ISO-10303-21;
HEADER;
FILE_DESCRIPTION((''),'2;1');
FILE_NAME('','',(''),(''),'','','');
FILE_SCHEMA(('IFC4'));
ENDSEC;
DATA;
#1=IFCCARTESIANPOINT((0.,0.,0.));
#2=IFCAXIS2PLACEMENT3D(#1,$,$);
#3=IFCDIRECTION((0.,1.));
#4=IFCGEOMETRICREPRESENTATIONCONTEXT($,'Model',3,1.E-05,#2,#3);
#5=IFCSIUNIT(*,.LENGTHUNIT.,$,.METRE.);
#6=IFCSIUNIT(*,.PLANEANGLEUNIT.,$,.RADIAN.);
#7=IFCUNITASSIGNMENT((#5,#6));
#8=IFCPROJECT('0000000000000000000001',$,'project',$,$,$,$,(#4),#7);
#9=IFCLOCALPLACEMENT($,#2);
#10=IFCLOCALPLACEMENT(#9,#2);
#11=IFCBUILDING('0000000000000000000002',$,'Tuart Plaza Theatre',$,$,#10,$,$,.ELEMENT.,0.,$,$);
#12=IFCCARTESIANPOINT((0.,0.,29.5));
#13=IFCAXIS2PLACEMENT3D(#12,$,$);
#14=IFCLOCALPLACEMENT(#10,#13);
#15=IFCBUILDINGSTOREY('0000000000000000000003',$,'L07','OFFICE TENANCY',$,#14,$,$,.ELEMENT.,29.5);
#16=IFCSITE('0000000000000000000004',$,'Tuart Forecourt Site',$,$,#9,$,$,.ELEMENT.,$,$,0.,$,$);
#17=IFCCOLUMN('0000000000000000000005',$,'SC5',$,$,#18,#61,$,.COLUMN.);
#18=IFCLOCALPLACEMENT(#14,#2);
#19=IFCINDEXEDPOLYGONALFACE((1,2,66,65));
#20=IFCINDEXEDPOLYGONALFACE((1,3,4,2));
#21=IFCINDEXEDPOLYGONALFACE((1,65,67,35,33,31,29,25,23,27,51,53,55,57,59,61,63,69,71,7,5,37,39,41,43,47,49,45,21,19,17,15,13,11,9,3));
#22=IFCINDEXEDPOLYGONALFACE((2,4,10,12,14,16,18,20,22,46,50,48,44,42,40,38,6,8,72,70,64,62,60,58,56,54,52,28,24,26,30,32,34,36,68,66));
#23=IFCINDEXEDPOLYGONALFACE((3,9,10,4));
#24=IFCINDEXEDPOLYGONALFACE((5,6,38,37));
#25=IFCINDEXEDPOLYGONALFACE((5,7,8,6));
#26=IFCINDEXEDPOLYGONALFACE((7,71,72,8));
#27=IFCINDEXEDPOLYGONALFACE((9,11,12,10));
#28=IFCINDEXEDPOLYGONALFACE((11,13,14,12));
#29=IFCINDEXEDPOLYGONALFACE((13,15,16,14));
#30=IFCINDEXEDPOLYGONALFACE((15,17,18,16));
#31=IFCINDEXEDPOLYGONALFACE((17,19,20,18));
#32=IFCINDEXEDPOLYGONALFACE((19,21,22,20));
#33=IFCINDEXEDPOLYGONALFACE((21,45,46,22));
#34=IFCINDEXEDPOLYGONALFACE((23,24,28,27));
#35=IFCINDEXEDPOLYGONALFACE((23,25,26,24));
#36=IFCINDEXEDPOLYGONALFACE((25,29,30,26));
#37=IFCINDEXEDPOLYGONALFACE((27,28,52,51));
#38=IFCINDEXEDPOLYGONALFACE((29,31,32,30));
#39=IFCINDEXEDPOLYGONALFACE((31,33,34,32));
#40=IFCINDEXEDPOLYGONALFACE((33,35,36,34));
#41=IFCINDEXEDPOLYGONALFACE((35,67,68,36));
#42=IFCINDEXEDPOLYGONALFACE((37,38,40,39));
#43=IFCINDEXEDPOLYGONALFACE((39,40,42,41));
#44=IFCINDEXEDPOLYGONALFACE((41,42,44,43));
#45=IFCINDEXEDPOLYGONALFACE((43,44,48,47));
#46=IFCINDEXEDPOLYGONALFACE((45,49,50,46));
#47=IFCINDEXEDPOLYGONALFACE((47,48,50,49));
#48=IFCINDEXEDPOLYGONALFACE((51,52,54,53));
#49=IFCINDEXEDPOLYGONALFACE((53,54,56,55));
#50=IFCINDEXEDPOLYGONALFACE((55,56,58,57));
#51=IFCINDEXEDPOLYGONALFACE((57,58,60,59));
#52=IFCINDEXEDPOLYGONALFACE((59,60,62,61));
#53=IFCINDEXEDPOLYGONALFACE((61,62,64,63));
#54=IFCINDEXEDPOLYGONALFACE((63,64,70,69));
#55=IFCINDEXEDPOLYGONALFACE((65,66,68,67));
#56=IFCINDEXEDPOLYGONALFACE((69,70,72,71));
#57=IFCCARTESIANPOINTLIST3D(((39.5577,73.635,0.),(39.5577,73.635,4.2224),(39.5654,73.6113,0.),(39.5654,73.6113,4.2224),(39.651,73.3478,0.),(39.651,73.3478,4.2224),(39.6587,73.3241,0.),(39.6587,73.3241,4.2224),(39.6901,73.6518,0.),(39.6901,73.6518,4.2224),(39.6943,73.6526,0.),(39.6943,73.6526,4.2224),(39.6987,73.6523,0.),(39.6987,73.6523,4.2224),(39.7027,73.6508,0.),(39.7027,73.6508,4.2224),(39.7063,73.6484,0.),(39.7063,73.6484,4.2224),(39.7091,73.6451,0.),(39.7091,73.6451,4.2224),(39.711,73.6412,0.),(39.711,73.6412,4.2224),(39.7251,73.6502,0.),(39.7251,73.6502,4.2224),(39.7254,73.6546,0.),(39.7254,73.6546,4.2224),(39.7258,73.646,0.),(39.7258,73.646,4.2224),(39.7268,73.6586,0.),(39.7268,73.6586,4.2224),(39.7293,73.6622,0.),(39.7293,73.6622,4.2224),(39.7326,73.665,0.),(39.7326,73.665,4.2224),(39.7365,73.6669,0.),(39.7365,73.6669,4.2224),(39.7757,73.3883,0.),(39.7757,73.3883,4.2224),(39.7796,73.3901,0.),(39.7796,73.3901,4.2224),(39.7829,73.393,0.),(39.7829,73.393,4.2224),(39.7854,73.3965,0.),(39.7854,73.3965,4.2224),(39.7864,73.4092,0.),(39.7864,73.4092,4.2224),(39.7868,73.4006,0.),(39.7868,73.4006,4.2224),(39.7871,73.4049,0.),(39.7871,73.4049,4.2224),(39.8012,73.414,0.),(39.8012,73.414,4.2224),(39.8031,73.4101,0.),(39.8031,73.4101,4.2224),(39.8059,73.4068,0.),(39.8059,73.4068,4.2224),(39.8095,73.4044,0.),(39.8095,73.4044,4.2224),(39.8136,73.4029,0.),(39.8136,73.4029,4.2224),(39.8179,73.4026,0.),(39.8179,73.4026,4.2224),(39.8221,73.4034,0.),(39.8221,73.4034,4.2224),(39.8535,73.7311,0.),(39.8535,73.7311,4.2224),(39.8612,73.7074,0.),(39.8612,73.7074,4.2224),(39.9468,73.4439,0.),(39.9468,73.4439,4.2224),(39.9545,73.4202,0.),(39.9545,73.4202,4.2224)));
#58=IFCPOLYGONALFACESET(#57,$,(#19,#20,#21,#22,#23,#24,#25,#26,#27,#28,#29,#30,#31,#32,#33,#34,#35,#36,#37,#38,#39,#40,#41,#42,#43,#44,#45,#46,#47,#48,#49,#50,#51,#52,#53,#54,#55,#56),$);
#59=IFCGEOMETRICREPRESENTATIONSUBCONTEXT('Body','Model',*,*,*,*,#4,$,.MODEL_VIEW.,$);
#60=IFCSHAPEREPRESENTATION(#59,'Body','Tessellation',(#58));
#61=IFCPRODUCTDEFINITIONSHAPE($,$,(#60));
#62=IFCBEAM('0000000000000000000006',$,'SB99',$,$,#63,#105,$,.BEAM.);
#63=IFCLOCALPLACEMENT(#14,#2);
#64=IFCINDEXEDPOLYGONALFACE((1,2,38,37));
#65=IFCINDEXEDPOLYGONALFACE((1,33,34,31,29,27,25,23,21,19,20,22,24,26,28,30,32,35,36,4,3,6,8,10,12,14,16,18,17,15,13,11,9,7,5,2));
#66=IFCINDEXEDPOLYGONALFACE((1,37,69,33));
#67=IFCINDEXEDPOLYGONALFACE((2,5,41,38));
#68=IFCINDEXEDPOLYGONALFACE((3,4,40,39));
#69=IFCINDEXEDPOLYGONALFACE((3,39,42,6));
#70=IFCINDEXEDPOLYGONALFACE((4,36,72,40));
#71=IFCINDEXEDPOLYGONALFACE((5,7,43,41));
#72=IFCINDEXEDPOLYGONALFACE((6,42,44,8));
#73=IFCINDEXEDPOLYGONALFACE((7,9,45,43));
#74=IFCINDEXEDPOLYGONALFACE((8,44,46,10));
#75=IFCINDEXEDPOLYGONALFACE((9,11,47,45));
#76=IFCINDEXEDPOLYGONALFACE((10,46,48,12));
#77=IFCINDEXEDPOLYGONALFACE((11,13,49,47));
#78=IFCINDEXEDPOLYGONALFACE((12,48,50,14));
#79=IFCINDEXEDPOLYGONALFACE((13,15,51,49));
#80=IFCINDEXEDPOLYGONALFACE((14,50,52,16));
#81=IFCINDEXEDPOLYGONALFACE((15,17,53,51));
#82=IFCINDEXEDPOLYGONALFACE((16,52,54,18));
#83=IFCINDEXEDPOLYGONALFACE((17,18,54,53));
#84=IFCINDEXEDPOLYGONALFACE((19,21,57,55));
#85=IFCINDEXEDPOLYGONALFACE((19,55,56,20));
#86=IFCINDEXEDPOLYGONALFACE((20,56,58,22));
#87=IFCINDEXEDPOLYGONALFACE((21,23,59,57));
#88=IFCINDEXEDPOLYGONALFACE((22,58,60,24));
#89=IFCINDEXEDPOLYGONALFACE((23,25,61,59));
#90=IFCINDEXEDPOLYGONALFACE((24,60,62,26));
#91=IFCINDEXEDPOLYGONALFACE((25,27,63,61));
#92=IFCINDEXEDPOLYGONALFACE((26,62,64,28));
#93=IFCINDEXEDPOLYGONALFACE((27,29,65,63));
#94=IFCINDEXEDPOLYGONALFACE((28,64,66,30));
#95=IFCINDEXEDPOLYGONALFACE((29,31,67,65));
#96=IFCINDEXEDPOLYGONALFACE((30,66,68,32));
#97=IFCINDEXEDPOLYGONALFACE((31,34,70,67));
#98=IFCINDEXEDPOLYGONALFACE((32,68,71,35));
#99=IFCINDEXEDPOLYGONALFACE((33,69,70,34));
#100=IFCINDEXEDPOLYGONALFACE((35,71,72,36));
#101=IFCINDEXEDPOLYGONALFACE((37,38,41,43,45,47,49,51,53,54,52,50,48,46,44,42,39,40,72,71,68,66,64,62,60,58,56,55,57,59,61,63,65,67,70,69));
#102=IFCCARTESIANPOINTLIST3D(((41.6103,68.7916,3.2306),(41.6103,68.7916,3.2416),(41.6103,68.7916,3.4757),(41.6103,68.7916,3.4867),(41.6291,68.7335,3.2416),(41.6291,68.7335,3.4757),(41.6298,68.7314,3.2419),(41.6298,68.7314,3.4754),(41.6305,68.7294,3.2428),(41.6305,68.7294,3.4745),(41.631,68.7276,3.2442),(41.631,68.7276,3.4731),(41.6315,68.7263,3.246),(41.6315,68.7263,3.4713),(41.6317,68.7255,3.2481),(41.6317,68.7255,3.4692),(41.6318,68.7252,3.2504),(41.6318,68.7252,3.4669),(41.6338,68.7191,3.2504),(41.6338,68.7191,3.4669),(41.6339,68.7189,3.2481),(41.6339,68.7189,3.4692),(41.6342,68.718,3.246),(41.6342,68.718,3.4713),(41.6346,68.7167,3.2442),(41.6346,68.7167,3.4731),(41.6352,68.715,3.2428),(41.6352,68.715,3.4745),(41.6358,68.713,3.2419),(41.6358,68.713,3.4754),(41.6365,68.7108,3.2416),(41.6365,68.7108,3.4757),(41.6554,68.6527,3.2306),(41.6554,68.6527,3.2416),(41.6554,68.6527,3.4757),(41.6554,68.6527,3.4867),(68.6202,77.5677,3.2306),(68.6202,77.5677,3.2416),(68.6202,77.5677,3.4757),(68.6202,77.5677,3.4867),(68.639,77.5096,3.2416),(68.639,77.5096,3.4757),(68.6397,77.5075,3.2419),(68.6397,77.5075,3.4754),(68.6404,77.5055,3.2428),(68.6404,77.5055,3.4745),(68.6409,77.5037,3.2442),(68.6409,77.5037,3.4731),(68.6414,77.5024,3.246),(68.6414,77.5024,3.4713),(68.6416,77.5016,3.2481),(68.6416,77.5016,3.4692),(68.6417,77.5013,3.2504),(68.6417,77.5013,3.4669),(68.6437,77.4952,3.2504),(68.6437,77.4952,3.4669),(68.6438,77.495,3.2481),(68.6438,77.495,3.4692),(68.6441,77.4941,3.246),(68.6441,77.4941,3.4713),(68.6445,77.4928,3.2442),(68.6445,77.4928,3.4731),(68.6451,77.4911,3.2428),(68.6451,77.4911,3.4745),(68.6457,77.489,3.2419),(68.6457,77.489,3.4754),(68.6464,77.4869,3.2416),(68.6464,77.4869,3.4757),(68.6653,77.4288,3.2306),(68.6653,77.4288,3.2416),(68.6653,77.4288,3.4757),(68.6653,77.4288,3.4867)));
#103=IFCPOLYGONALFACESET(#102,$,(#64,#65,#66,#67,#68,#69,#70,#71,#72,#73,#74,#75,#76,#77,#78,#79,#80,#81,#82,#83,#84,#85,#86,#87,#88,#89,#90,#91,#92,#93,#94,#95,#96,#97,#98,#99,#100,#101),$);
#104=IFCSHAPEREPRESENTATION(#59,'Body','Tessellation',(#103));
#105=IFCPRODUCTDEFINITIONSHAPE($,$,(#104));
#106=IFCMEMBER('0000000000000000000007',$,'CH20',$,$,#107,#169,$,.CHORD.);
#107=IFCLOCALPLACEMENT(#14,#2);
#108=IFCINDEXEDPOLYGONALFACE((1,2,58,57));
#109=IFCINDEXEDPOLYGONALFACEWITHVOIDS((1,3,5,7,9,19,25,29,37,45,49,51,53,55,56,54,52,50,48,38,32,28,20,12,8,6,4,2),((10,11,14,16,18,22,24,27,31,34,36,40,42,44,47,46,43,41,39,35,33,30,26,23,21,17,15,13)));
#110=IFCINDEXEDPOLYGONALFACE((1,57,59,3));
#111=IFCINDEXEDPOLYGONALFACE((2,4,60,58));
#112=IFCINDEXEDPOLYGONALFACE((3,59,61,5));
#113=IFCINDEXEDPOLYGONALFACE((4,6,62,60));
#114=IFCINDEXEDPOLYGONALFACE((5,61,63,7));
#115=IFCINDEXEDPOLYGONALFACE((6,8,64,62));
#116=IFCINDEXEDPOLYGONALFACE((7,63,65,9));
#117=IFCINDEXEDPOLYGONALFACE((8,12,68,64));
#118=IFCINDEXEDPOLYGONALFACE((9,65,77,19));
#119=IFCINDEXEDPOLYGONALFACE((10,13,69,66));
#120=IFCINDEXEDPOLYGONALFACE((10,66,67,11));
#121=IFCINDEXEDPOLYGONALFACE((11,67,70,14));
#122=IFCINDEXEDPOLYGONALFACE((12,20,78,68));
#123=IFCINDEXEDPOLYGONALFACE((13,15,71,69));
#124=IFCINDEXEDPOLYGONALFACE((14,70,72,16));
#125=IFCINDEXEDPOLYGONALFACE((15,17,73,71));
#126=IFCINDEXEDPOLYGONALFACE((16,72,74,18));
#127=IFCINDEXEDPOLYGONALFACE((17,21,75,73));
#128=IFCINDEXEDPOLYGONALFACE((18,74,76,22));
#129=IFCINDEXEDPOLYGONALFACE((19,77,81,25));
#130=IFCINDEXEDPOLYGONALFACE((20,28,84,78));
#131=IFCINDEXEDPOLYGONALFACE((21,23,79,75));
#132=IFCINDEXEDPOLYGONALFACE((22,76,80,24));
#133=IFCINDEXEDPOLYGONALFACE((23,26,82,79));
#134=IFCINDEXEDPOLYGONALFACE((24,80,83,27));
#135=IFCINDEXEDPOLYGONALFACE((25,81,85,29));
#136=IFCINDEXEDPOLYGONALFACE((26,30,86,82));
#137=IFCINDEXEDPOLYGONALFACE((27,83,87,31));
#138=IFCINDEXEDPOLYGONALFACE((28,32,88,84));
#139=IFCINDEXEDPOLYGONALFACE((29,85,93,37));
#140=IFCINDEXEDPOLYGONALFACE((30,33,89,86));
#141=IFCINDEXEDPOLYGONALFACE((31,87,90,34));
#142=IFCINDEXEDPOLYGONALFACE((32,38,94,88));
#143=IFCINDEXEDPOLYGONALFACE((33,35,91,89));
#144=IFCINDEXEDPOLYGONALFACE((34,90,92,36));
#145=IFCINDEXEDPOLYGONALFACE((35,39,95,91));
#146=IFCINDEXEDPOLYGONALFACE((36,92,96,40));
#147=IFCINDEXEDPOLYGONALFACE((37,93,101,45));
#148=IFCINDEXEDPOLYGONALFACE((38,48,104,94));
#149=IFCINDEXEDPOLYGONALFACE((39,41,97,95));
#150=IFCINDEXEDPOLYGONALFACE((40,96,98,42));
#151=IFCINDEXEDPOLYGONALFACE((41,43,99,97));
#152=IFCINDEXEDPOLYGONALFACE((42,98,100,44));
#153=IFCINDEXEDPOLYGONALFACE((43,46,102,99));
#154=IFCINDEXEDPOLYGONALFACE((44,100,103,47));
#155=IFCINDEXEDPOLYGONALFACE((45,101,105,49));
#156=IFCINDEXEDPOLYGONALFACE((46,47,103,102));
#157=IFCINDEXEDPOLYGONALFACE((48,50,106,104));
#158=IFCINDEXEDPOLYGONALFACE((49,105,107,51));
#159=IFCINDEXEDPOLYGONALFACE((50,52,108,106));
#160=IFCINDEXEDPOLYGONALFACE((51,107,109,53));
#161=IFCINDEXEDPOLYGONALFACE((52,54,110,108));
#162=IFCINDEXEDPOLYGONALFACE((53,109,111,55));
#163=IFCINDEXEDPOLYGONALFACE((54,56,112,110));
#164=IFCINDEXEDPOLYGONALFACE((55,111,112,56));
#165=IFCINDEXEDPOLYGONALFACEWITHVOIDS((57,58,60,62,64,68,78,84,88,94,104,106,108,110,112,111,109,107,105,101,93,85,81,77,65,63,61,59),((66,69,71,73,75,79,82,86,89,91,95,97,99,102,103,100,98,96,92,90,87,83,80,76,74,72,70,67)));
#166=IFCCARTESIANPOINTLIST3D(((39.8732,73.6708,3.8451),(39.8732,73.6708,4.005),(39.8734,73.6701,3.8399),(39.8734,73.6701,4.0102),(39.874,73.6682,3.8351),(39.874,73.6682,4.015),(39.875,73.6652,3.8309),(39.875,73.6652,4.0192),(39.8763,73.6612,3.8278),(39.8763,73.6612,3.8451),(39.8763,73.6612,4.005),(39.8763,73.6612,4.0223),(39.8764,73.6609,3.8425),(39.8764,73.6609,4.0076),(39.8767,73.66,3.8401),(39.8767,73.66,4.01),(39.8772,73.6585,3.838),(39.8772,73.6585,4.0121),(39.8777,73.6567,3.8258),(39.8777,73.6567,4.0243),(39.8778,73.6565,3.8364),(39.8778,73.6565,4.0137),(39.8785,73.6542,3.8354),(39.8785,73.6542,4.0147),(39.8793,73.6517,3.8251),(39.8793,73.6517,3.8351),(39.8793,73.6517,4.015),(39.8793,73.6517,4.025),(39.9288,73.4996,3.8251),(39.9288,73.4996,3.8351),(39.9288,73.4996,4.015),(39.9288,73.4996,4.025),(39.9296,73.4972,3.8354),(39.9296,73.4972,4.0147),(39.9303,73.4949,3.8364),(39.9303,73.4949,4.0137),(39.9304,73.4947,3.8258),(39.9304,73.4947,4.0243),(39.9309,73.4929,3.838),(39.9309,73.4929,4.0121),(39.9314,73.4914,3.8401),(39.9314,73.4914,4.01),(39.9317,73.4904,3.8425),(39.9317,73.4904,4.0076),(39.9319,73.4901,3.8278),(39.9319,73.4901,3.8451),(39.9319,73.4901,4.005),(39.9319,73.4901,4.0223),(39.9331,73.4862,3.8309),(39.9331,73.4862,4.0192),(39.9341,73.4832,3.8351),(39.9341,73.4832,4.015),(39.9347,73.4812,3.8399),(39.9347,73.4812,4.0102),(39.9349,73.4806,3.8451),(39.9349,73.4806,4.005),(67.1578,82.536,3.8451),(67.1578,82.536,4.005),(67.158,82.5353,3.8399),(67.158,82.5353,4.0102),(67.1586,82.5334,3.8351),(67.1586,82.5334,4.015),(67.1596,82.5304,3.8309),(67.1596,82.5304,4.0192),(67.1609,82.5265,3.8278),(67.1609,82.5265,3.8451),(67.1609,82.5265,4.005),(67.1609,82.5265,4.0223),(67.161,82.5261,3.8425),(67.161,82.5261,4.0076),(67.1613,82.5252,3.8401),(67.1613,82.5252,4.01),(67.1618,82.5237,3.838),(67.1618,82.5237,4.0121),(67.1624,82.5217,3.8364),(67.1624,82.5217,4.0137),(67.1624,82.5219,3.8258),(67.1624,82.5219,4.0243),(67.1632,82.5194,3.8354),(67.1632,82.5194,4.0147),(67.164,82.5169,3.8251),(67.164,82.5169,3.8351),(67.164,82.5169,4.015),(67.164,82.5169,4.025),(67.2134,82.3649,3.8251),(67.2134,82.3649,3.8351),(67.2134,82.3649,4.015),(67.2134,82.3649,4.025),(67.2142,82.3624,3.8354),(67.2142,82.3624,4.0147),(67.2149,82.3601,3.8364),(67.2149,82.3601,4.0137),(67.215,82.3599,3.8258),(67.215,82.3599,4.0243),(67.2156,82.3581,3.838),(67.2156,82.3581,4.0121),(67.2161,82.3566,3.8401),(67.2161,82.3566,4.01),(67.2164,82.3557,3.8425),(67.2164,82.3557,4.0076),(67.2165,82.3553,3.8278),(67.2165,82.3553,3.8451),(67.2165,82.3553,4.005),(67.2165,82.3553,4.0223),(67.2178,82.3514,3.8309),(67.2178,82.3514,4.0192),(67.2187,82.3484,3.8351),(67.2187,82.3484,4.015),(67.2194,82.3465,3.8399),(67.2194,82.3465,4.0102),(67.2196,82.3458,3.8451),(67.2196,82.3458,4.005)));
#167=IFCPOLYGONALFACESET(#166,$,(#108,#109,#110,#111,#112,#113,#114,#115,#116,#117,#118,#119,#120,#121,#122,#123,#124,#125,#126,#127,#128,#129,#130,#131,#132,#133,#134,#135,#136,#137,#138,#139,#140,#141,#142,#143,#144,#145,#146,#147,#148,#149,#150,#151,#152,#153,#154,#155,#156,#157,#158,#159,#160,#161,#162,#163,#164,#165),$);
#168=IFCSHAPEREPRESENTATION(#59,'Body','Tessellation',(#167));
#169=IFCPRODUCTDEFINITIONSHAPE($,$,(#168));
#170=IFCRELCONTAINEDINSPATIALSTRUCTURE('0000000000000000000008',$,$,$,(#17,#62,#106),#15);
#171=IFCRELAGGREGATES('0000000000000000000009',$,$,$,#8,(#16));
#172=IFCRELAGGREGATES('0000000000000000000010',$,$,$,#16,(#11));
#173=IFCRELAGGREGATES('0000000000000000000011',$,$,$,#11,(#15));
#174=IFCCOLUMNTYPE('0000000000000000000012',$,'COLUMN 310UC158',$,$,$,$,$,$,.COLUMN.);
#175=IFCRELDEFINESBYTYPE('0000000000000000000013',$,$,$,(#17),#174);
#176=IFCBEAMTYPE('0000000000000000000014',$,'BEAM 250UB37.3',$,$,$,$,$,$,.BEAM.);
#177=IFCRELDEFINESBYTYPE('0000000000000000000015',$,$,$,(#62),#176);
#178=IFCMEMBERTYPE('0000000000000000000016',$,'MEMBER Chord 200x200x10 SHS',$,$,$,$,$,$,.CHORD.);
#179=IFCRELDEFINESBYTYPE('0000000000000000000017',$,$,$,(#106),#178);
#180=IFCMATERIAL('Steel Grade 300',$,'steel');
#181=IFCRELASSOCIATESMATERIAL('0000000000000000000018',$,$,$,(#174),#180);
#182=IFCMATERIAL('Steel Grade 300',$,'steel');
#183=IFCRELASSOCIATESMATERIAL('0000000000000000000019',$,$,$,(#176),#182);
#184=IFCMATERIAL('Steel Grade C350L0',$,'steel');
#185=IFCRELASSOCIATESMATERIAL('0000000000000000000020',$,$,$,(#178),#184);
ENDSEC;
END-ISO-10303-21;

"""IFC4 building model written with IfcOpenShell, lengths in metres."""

from ifc_helpers import new_model, si_unit, direction, frame, origin, origin_2d, place, context, subcontext, project, spatial, hollow_rectangle, i_section, extrude, material, material_profile, profile_set, type_object, element, save


model = new_model("IFC4")

# Units and contexts
model_context = context("Model", 3, precision=1e-05, world=origin(), true_north=direction((0.0, 1.0)))
body_context = subcontext(model_context, "Body", "Model", "MODEL_VIEW")
ifc_project = project(units=[si_unit("LENGTHUNIT", "METRE"), si_unit("PLANEANGLEUNIT", "RADIAN")], contexts=[model_context])

# Site, building, storey
site_placement = place(None, origin())
site = spatial("IfcSite", under=ifc_project, at=site_placement, Name="Tuart Forecourt Site", CompositionType="ELEMENT", RefElevation=0.0)
building_placement = place(site_placement, origin())
building = spatial("IfcBuilding", under=site, at=building_placement, Name="Tuart Plaza Theatre", CompositionType="ELEMENT", ElevationOfRefHeight=0.0)
storey_placement = place(building_placement, frame((0.0, 0.0, 29.5)))
storey = spatial("IfcBuildingStorey", under=building, at=storey_placement, Name="L07", Description="OFFICE TENANCY", CompositionType="ELEMENT", Elevation=29.5)

# Column
ifc_material_1 = material(Name="Steel Grade 300", Category="steel")
ifc_material_profile_1 = material_profile(ifc_material_1, i_section(OverallWidth=0.311, OverallDepth=0.3269, WebThickness=0.0156, FlangeThickness=0.0249, FilletRadius=0.0166, at=origin_2d()), Name="310UC158")
ifc_profile_set_1 = profile_set([ifc_material_profile_1], Name="Steel Grade 300")
column_type_1 = type_object("IfcColumnType", Name="COLUMN 310UC158", PredefinedType="COLUMN", material=ifc_profile_set_1)
column_placement = place(storey_placement, frame((39.7561, 73.5276, 0.0), z_axis=(0.0, 0.0, 1.0), x_axis=(0.951057, 0.309017, 0.0)))
element("IfcColumn", 1, at=column_placement, inside=storey, type_object=column_type_1, Name="SC5", PredefinedType="COLUMN", context=body_context, shape_type="SweptSolid", body=[
    extrude(i_section(OverallWidth=0.311, OverallDepth=0.3269, WebThickness=0.0156, FlangeThickness=0.0249, FilletRadius=0.0166, at=origin_2d()), origin(), (0.0, 0.0, 1.0), 4.2224),
])

# Beam
ifc_material_2 = material(Name="Steel Grade 300", Category="steel")
ifc_material_profile_2 = material_profile(ifc_material_2, i_section(OverallWidth=0.146, OverallDepth=0.2561, WebThickness=0.0063, FlangeThickness=0.011, FilletRadius=0.0088, at=origin_2d()), Name="250UB37.3")
ifc_profile_set_2 = profile_set([ifc_material_profile_2], Name="Steel Grade 300")
beam_type = type_object("IfcBeamType", Name="BEAM 250UB37.3", PredefinedType="BEAM", material=ifc_profile_set_2)
beam_placement = place(storey_placement, frame((41.6328, 68.7222, 3.3586), z_axis=(0.951056, 0.309018, 0.0), x_axis=(-0.309018, 0.951056, 0.0)))
element("IfcBeam", 2, at=beam_placement, inside=storey, type_object=beam_type, Name="SB99", PredefinedType="BEAM", context=body_context, shape_type="SweptSolid", body=[
    extrude(i_section(OverallWidth=0.146, OverallDepth=0.2561, WebThickness=0.0063, FlangeThickness=0.011, FilletRadius=0.0088, at=origin_2d()), origin(), (0.0, 0.0, 1.0), 28.3999),
])

# Member
ifc_material_3 = material(Name="Steel Grade C350L0", Category="steel")
ifc_material_profile_3 = material_profile(ifc_material_3, hollow_rectangle(XDim=0.2, YDim=0.2, WallThickness=0.01, InnerFilletRadius=0.01, OuterFilletRadius=0.02, at=origin_2d()), Name="200x200x10 SHS")
ifc_profile_set_3 = profile_set([ifc_material_profile_3], Name="Steel Grade C350L0")
member_type_1 = type_object("IfcMemberType", Name="MEMBER Chord 200x200x10 SHS", PredefinedType="CHORD", material=ifc_profile_set_3)
member_1_placement = place(storey_placement, frame((39.9041, 73.5757, 3.925), z_axis=(0.951057, 0.309014, 0.0), x_axis=(-0.309014, 0.951057, 0.0)))
element("IfcMember", 3, at=member_1_placement, inside=storey, type_object=member_type_1, Name="CH20", PredefinedType="CHORD", context=body_context, shape_type="SweptSolid", body=[
    extrude(hollow_rectangle(XDim=0.2, YDim=0.2, WallThickness=0.01, InnerFilletRadius=0.01, OuterFilletRadius=0.02, at=origin_2d()), origin(), (0.0, 0.0, 1.0), 28.6887),
])

save(model, "model.ifc")
